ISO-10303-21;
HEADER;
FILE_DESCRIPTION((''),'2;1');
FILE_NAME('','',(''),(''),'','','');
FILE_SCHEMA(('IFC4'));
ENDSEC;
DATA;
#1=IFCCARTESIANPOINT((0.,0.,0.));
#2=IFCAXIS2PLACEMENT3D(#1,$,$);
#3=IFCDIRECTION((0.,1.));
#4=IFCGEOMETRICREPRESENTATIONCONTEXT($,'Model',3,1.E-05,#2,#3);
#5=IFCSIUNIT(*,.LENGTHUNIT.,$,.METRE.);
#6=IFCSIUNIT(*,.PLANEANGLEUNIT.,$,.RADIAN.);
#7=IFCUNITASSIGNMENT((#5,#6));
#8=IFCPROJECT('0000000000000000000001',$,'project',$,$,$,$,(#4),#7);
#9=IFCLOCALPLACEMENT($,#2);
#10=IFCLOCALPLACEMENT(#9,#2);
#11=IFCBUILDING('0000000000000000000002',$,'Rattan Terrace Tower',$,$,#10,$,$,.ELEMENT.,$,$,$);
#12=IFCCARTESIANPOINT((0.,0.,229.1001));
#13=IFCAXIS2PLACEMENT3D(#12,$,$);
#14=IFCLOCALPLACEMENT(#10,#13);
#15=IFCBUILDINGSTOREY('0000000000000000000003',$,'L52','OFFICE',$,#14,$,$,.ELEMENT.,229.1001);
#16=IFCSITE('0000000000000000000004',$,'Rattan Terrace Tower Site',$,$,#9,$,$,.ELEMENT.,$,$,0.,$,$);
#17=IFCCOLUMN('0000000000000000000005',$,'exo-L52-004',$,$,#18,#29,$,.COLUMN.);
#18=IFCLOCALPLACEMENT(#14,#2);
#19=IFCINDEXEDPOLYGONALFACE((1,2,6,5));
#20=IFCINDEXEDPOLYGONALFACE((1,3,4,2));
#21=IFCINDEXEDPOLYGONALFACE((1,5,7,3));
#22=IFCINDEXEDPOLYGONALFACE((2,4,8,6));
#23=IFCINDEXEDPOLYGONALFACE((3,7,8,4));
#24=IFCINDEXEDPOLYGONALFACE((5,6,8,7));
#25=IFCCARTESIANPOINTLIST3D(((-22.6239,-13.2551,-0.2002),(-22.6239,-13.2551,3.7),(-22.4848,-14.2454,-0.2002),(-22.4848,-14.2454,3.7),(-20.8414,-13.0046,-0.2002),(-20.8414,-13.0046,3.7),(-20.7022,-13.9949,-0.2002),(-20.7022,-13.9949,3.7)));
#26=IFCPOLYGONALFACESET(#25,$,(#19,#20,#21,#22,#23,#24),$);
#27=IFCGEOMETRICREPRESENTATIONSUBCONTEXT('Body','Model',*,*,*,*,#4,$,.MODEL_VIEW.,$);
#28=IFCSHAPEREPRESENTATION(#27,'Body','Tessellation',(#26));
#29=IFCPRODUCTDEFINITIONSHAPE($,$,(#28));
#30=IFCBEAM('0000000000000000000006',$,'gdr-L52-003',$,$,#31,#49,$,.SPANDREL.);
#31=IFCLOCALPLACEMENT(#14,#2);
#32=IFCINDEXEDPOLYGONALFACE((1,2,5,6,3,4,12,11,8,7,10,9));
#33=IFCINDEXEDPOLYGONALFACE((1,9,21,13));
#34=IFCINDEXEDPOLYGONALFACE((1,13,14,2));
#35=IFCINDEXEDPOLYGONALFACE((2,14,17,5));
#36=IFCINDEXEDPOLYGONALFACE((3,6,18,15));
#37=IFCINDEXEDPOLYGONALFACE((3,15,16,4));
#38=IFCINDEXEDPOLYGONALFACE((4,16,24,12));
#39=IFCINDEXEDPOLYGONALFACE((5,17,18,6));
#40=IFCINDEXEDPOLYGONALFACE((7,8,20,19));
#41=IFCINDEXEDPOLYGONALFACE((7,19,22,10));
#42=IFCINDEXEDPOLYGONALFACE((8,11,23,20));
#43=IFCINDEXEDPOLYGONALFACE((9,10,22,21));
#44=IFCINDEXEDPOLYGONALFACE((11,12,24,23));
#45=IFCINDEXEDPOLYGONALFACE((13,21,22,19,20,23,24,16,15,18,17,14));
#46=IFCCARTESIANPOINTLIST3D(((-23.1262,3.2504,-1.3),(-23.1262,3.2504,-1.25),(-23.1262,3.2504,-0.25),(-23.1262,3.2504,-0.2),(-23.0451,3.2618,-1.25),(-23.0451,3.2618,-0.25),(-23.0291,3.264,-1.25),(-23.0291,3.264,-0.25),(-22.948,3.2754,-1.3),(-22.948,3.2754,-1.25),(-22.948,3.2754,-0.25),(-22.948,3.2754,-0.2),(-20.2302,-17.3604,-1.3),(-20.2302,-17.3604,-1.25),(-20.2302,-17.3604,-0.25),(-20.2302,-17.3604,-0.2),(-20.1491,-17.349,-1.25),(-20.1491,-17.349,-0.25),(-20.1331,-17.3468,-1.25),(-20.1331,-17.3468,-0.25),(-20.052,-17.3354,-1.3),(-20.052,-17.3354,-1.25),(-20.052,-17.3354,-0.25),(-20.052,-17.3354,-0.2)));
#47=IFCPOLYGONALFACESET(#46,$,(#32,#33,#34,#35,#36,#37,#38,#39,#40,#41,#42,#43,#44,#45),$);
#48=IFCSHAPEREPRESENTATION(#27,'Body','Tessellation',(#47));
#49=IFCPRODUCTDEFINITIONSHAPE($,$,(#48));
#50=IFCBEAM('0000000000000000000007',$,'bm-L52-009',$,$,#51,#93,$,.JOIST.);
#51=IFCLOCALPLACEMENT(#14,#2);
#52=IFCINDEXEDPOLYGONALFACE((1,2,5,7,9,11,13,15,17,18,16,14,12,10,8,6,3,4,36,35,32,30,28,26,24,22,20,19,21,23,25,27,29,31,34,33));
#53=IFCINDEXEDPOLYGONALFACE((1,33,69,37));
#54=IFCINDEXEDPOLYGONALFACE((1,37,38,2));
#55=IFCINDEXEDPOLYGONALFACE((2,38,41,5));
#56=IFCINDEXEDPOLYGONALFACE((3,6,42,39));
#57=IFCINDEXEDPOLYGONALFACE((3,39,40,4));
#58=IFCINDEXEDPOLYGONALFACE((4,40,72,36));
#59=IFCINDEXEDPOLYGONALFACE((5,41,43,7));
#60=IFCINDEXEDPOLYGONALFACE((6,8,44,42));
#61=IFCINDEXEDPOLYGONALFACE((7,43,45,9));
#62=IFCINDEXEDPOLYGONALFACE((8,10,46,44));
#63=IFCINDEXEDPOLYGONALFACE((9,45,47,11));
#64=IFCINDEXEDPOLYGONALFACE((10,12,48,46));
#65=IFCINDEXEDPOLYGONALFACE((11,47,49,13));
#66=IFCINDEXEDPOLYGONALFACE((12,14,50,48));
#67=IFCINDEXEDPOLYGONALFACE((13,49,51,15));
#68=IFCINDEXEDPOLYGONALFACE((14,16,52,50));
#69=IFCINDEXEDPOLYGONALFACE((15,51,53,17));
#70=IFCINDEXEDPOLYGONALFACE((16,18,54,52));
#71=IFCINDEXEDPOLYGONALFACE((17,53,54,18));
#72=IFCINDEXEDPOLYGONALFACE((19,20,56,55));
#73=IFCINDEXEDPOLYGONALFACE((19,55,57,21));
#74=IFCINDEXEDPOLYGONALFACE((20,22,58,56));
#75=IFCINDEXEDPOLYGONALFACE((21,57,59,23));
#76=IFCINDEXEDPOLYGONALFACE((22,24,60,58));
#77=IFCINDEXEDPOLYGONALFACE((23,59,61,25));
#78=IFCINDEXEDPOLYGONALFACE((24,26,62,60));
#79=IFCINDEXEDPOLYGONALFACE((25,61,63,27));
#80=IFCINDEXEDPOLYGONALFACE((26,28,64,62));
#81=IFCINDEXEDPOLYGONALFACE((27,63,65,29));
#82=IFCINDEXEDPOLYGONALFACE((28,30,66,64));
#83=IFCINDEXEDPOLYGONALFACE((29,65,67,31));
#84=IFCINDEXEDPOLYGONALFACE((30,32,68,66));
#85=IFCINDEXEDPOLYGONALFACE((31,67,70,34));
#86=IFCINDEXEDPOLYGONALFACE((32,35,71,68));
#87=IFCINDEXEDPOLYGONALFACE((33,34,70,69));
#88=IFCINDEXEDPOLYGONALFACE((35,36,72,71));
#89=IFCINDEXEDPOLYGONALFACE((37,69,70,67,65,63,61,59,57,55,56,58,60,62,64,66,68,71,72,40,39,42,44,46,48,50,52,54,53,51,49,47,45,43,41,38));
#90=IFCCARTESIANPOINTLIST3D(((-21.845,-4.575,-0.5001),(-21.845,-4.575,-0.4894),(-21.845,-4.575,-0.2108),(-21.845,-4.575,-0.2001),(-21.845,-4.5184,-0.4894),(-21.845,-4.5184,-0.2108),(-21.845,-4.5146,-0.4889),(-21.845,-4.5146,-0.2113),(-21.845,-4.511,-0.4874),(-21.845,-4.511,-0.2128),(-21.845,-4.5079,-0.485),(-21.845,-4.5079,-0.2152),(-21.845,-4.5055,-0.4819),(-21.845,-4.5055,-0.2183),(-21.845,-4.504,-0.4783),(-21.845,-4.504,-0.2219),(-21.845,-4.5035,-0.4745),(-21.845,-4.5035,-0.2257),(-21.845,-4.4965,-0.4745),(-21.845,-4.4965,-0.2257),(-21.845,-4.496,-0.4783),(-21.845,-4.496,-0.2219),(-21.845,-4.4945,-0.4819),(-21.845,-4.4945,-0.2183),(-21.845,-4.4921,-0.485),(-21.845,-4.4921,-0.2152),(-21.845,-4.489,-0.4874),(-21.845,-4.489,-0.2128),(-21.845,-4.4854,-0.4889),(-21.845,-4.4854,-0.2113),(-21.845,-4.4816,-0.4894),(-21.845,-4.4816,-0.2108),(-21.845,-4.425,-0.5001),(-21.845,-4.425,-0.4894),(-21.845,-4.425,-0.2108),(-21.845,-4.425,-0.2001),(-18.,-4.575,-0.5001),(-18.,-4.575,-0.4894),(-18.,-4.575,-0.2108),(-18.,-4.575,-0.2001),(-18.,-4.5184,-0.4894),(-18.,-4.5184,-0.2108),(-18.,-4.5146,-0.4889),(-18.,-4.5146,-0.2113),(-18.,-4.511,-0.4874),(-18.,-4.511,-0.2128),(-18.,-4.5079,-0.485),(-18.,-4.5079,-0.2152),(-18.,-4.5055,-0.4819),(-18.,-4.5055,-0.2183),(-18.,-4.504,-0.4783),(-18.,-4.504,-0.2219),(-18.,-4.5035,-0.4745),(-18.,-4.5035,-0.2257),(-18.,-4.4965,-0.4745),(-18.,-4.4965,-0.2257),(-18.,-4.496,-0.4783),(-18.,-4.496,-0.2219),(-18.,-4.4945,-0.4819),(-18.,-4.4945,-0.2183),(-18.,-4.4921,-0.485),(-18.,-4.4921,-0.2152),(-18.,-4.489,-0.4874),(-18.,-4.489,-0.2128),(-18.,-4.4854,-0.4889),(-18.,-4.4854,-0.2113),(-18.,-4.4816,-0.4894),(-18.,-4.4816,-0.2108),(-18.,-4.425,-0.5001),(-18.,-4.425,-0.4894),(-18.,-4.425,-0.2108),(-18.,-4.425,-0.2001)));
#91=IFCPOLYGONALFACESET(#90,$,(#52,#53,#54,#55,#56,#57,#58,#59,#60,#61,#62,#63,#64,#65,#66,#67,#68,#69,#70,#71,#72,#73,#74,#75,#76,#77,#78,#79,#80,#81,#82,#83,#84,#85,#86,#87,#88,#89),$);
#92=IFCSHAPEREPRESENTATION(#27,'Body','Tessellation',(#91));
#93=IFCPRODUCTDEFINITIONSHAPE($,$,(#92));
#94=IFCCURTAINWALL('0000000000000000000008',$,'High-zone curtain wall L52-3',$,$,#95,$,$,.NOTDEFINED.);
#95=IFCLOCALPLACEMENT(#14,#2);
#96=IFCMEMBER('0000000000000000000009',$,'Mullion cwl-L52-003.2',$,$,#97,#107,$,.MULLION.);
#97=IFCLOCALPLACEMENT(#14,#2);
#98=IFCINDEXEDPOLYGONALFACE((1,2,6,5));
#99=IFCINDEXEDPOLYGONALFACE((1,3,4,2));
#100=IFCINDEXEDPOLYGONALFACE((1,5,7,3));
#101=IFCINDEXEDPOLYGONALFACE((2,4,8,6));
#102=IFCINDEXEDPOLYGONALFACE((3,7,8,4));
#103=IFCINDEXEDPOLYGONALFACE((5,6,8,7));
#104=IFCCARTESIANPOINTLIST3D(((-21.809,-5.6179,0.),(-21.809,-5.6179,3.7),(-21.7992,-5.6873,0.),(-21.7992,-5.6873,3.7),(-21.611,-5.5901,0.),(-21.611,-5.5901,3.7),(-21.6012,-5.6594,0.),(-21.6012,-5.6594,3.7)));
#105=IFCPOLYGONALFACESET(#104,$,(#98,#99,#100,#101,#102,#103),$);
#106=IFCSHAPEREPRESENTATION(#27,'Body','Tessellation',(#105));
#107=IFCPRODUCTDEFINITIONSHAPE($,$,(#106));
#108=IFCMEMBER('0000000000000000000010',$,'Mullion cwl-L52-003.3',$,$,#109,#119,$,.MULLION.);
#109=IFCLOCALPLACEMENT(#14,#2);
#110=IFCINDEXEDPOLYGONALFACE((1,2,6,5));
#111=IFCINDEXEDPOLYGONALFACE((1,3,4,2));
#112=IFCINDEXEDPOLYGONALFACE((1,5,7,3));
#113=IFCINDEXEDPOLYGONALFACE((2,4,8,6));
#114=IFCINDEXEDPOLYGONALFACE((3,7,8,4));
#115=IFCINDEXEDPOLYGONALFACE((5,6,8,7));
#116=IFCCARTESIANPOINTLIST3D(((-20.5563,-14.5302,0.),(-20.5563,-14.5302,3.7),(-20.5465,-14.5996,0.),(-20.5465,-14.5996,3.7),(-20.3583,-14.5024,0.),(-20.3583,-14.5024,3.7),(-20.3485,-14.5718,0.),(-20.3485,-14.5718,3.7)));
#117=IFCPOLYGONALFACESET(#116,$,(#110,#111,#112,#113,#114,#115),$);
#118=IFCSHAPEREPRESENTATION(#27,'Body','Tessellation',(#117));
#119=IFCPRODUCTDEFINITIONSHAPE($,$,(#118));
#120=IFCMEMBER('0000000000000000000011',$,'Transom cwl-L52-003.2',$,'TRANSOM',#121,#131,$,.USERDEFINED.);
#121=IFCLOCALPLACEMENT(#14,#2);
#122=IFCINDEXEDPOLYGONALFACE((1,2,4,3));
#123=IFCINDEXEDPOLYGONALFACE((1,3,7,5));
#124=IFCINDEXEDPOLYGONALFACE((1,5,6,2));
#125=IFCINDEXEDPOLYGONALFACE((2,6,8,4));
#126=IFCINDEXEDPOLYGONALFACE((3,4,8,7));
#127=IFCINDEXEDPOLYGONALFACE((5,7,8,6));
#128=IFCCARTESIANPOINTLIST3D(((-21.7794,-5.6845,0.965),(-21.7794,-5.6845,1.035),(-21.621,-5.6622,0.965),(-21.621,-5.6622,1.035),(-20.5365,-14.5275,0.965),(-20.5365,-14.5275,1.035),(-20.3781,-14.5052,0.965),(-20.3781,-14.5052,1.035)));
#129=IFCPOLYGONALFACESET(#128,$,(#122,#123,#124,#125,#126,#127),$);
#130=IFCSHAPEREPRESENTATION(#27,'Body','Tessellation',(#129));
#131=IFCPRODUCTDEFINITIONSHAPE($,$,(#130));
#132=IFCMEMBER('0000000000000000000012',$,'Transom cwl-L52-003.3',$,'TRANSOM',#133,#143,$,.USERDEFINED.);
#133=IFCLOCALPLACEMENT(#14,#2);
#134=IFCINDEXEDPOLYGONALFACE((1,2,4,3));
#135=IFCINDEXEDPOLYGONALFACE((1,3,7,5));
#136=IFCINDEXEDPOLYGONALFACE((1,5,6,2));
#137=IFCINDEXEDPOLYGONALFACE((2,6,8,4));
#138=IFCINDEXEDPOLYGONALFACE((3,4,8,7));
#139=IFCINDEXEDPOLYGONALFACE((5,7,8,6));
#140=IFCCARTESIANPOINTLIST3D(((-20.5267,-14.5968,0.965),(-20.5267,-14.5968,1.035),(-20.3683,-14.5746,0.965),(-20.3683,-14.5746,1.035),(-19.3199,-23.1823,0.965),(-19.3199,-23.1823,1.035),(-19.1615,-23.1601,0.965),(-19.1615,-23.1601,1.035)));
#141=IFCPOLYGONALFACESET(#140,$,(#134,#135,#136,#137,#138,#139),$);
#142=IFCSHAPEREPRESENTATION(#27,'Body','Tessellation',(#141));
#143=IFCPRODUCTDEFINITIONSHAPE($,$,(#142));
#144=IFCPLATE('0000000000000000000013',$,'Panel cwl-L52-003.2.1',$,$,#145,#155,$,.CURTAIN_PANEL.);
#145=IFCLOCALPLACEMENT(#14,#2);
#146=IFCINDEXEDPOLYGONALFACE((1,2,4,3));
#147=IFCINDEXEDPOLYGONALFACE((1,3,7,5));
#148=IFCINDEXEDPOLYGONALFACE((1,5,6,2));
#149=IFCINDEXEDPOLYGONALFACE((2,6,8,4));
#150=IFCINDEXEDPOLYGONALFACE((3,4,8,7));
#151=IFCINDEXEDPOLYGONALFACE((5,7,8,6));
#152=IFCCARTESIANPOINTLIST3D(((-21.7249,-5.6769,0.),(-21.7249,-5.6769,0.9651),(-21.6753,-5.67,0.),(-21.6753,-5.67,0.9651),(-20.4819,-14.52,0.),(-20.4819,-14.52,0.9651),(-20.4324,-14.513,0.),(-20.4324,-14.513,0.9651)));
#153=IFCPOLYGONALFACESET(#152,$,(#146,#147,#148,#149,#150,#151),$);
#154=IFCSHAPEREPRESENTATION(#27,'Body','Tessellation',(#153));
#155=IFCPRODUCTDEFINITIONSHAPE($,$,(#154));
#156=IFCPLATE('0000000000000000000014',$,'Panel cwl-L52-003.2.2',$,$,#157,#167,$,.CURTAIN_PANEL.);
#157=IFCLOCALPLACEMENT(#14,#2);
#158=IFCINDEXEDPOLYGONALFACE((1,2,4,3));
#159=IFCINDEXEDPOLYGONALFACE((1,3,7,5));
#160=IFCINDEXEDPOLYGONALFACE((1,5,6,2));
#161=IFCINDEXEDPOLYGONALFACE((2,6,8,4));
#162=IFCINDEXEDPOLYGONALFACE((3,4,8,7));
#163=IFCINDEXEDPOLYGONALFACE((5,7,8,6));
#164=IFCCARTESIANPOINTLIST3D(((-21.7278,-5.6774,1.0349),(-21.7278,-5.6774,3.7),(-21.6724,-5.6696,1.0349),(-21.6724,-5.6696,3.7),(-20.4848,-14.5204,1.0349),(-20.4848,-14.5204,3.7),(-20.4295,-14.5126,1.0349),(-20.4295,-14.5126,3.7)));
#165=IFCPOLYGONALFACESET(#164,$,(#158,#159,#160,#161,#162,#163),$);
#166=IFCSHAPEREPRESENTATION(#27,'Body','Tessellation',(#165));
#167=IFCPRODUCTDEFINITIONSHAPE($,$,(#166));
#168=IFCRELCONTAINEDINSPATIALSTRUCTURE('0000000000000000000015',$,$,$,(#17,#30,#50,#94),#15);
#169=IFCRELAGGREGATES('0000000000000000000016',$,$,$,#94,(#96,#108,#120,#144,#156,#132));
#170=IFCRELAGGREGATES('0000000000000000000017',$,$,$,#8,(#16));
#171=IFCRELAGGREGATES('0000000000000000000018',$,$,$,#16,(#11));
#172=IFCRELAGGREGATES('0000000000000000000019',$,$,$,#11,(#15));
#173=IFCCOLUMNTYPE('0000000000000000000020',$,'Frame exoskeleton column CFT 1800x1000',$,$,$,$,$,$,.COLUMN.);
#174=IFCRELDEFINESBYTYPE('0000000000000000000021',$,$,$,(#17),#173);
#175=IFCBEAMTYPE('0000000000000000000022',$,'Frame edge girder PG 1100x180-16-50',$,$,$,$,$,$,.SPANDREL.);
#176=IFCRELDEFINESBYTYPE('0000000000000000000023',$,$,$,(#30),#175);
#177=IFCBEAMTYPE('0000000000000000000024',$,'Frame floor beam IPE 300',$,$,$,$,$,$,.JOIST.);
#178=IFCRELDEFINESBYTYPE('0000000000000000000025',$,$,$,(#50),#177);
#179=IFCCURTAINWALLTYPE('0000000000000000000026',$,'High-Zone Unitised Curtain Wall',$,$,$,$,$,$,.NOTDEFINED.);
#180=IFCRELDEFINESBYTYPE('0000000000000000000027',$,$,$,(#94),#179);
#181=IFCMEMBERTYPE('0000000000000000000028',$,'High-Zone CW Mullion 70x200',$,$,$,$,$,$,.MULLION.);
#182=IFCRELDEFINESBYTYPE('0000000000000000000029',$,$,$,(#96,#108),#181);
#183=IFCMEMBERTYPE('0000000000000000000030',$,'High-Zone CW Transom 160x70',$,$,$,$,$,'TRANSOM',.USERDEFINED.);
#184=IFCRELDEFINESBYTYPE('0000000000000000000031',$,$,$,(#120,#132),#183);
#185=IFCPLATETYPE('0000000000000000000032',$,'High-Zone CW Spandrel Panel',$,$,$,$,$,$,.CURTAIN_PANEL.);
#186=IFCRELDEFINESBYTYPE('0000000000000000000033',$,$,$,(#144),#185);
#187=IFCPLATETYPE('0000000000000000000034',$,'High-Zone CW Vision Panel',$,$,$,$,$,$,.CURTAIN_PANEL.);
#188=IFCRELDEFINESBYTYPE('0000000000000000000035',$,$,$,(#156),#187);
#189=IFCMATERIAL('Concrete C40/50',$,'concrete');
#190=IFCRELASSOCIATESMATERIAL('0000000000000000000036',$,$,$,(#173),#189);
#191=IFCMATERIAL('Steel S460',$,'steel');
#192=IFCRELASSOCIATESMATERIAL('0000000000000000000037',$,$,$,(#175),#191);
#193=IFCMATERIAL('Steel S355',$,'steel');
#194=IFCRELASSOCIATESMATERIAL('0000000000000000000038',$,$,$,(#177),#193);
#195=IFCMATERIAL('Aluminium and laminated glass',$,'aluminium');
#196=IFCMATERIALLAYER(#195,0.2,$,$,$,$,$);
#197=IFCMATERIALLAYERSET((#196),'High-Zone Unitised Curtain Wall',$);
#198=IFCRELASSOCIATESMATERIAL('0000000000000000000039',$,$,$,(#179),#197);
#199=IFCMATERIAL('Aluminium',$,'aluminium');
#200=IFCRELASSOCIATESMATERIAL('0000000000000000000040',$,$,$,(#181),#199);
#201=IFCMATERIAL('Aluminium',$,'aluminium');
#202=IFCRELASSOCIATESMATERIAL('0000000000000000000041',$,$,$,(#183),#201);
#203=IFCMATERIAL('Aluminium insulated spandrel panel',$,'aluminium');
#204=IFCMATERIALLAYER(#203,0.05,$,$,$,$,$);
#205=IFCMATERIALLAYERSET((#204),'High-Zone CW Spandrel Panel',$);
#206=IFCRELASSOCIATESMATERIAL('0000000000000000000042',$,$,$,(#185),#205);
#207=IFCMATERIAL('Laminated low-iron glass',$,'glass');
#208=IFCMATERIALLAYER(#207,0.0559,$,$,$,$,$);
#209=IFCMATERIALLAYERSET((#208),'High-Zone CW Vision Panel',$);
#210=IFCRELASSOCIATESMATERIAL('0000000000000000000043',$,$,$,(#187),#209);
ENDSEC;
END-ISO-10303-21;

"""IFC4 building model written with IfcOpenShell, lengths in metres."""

from ifc_helpers import new_model, si_unit, direction, frame, origin, origin_2d, place, context, subcontext, project, spatial, rectangle, i_section, extrude, material, layer, layer_set, material_profile, profile_set, type_object, element, aggregate, save


model = new_model("IFC4")

# Units and contexts
model_context = context("Model", 3, precision=1e-05, world=origin(), true_north=direction((0.0, 1.0)))
body_context = subcontext(model_context, "Body", "Model", "MODEL_VIEW")
ifc_project = project(units=[si_unit("LENGTHUNIT", "METRE"), si_unit("PLANEANGLEUNIT", "RADIAN")], contexts=[model_context])

# Site, building, storey
site_placement = place(None, origin())
site = spatial("IfcSite", under=ifc_project, at=site_placement, Name="Rattan Terrace Tower Site", CompositionType="ELEMENT", RefElevation=0.0)
building_placement = place(site_placement, origin())
building = spatial("IfcBuilding", under=site, at=building_placement, Name="Rattan Terrace Tower", CompositionType="ELEMENT")
storey_placement = place(building_placement, frame((0.0, 0.0, 229.1001)))
storey = spatial("IfcBuildingStorey", under=building, at=storey_placement, Name="L52", Description="OFFICE", CompositionType="ELEMENT", Elevation=229.1001)

# Column
ifc_material_1 = material(Name="Concrete C40/50", Category="concrete")
ifc_material_profile_1 = material_profile(ifc_material_1, rectangle(XDim=1.0, YDim=1.8, at=origin_2d()), Name="CFT 1800x1000")
ifc_profile_set_1 = profile_set([ifc_material_profile_1], Name="Concrete C40/50")
column_type = type_object("IfcColumnType", Name="Frame exoskeleton column CFT 1800x1000", PredefinedType="COLUMN", material=ifc_profile_set_1)
column_placement = place(storey_placement, frame((-21.6631, -13.625, -0.2002), z_axis=(0.0, 0.0, 1.0), x_axis=(-0.13919, 0.990266, 0.0)))
element("IfcColumn", 1, at=column_placement, inside=storey, type_object=column_type, Name="exo-L52-004", PredefinedType="COLUMN", context=body_context, shape_type="SweptSolid", body=[
    extrude(rectangle(XDim=1.0, YDim=1.8, at=origin_2d()), origin(), (0.0, 0.0, 1.0), 3.9001),
])

# Beams
ifc_material_2 = material(Name="Steel S460", Category="steel")
ifc_material_profile_2 = material_profile(ifc_material_2, i_section(OverallWidth=0.1799, OverallDepth=1.1001, WebThickness=0.0161, FlangeThickness=0.05, at=origin_2d()), Name="PG 1100x180-16-50")
ifc_profile_set_2 = profile_set([ifc_material_profile_2], Name="Steel S460")
beam_type_1 = type_object("IfcBeamType", Name="Frame edge girder PG 1100x180-16-50", PredefinedType="SPANDREL", material=ifc_profile_set_2)
beam_1_placement = place(storey_placement, frame((-20.1411, -17.3479, -0.75), z_axis=(-0.139142, 0.990272, 0.0), x_axis=(-0.990272, -0.139142, 0.0)))
element("IfcBeam", 2, at=beam_1_placement, inside=storey, type_object=beam_type_1, Name="gdr-L52-003", PredefinedType="SPANDREL", context=body_context, shape_type="SweptSolid", body=[
    extrude(i_section(OverallWidth=0.1799, OverallDepth=1.1001, WebThickness=0.0161, FlangeThickness=0.05, at=origin_2d()), origin(), (0.0, 0.0, 1.0), 20.8132),
])
ifc_material_3 = material(Name="Steel S355", Category="steel")
ifc_material_profile_3 = material_profile(ifc_material_3, i_section(OverallWidth=0.1499, OverallDepth=0.3, WebThickness=0.0071, FlangeThickness=0.0107, FilletRadius=0.0149, at=origin_2d()), Name="IPE 300")
ifc_profile_set_3 = profile_set([ifc_material_profile_3], Name="Steel S355")
beam_type_2 = type_object("IfcBeamType", Name="Frame floor beam IPE 300", PredefinedType="JOIST", material=ifc_profile_set_3)
beam_2_placement = place(storey_placement, frame((-21.845, -4.5, -0.3501), z_axis=(1.0, 0.0, 0.0), x_axis=(0.0, 1.0, 0.0)))
element("IfcBeam", 3, at=beam_2_placement, inside=storey, type_object=beam_type_2, Name="bm-L52-009", PredefinedType="JOIST", context=body_context, shape_type="SweptSolid", body=[
    extrude(i_section(OverallWidth=0.1499, OverallDepth=0.3, WebThickness=0.0071, FlangeThickness=0.0107, FilletRadius=0.0149, at=origin_2d()), origin(), (0.0, 0.0, 1.0), 3.845),
])

# Curtain wall, members, plates
ifc_material_4 = material(Name="Aluminium and laminated glass", Category="aluminium")
ifc_layer_1 = layer(ifc_material_4, 0.2)
ifc_layer_set_1 = layer_set([ifc_layer_1], Name="High-Zone Unitised Curtain Wall")
curtain_wall_type = type_object("IfcCurtainWallType", Name="High-Zone Unitised Curtain Wall", PredefinedType="NOTDEFINED", material=ifc_layer_set_1)
curtain_wall_placement = place(storey_placement, origin())
curtain_wall = element("IfcCurtainWall", 4, at=curtain_wall_placement, inside=storey, type_object=curtain_wall_type, Name="High-zone curtain wall L52-3", PredefinedType="NOTDEFINED")
ifc_material_5 = material(Name="Aluminium", Category="aluminium")
ifc_material_profile_4 = material_profile(ifc_material_5, rectangle(XDim=0.0701, YDim=0.2, at=origin_2d()), Name="Aluminium 70x200")
ifc_profile_set_4 = profile_set([ifc_material_profile_4], Name="Aluminium")
member_type_1 = type_object("IfcMemberType", Name="High-Zone CW Mullion 70x200", PredefinedType="MULLION", material=ifc_profile_set_4)
member_1_placement = place(storey_placement, frame((-21.7051, -5.6387, 0.0), z_axis=(0.0, 0.0, 1.0), x_axis=(0.139186, -0.990266, 0.0)))
member_1 = element("IfcMember", 5, at=member_1_placement, type_object=member_type_1, Name="Mullion cwl-L52-003.2", PredefinedType="MULLION", context=body_context, shape_type="SweptSolid", body=[
    extrude(rectangle(XDim=0.0701, YDim=0.2, at=origin_2d()), origin(), (0.0, 0.0, 1.0), 3.7),
])
member_2_placement = place(storey_placement, frame((-20.4524, -14.551, 0.0), z_axis=(0.0, 0.0, 1.0), x_axis=(0.139186, -0.990266, 0.0)))
member_2 = element("IfcMember", 6, at=member_2_placement, type_object=member_type_1, Name="Mullion cwl-L52-003.3", PredefinedType="MULLION", context=body_context, shape_type="SweptSolid", body=[
    extrude(rectangle(XDim=0.0701, YDim=0.2, at=origin_2d()), origin(), (0.0, 0.0, 1.0), 3.7),
])
ifc_material_6 = material(Name="Aluminium", Category="aluminium")
ifc_material_profile_5 = material_profile(ifc_material_6, rectangle(XDim=0.1599, YDim=0.0701, at=origin_2d()), Name="Aluminium 160x70")
ifc_profile_set_5 = profile_set([ifc_material_profile_5], Name="Aluminium")
member_type_2 = type_object("IfcMemberType", Name="High-Zone CW Transom 160x70", ElementType="TRANSOM", PredefinedType="USERDEFINED", material=ifc_profile_set_5)
member_3_placement = place(storey_placement, frame((-21.7002, -5.6733, 1.0), z_axis=(0.139186, -0.990266, 0.0), x_axis=(0.990266, 0.139186, 0.0)))
member_3 = element("IfcMember", 7, at=member_3_placement, type_object=member_type_2, Name="Transom cwl-L52-003.2", ObjectType="TRANSOM", PredefinedType="USERDEFINED", context=body_context, shape_type="SweptSolid", body=[
    extrude(rectangle(XDim=0.1599, YDim=0.0701, at=origin_2d()), origin(), (0.0, 0.0, 1.0), 8.9299),
])
member_4_placement = place(storey_placement, frame((-20.4475, -14.5857, 1.0), z_axis=(0.139194, -0.990265, 0.0), x_axis=(0.990265, 0.139194, 0.0)))
member_4 = element("IfcMember", 8, at=member_4_placement, type_object=member_type_2, Name="Transom cwl-L52-003.3", ObjectType="TRANSOM", PredefinedType="USERDEFINED", context=body_context, shape_type="SweptSolid", body=[
    extrude(rectangle(XDim=0.1599, YDim=0.0701, at=origin_2d()), origin(), (0.0, 0.0, 1.0), 8.6699),
])
ifc_material_7 = material(Name="Aluminium insulated spandrel panel", Category="aluminium")
ifc_layer_2 = layer(ifc_material_7, 0.05)
ifc_layer_set_2 = layer_set([ifc_layer_2], Name="High-Zone CW Spandrel Panel")
plate_type_1 = type_object("IfcPlateType", Name="High-Zone CW Spandrel Panel", PredefinedType="CURTAIN_PANEL", material=ifc_layer_set_2)
plate_1_placement = place(storey_placement, frame((-21.0786, -10.095, 0.0), z_axis=(0.0, 0.0, 1.0), x_axis=(0.139186, -0.990266, 0.0)))
plate_1 = element("IfcPlate", 9, at=plate_1_placement, type_object=plate_type_1, Name="Panel cwl-L52-003.2.1", PredefinedType="CURTAIN_PANEL", context=body_context, shape_type="SweptSolid", body=[
    extrude(rectangle(XDim=8.9299, YDim=0.05, at=origin_2d()), origin(), (0.0, 0.0, 1.0), 0.9651),
])
ifc_material_8 = material(Name="Laminated low-iron glass", Category="glass")
ifc_layer_3 = layer(ifc_material_8, 0.0559)
ifc_layer_set_3 = layer_set([ifc_layer_3], Name="High-Zone CW Vision Panel")
plate_type_2 = type_object("IfcPlateType", Name="High-Zone CW Vision Panel", PredefinedType="CURTAIN_PANEL", material=ifc_layer_set_3)
plate_2_placement = place(storey_placement, frame((-21.0786, -10.095, 1.0349), z_axis=(0.0, 0.0, 1.0), x_axis=(0.139186, -0.990266, 0.0)))
plate_2 = element("IfcPlate", 10, at=plate_2_placement, type_object=plate_type_2, Name="Panel cwl-L52-003.2.2", PredefinedType="CURTAIN_PANEL", context=body_context, shape_type="SweptSolid", body=[
    extrude(rectangle(XDim=8.9299, YDim=0.0559, at=origin_2d()), origin(), (0.0, 0.0, 1.0), 2.665),
])
aggregate(curtain_wall, [member_1, member_2, member_3, plate_1, plate_2, member_4])

save(model, "model.ifc")
